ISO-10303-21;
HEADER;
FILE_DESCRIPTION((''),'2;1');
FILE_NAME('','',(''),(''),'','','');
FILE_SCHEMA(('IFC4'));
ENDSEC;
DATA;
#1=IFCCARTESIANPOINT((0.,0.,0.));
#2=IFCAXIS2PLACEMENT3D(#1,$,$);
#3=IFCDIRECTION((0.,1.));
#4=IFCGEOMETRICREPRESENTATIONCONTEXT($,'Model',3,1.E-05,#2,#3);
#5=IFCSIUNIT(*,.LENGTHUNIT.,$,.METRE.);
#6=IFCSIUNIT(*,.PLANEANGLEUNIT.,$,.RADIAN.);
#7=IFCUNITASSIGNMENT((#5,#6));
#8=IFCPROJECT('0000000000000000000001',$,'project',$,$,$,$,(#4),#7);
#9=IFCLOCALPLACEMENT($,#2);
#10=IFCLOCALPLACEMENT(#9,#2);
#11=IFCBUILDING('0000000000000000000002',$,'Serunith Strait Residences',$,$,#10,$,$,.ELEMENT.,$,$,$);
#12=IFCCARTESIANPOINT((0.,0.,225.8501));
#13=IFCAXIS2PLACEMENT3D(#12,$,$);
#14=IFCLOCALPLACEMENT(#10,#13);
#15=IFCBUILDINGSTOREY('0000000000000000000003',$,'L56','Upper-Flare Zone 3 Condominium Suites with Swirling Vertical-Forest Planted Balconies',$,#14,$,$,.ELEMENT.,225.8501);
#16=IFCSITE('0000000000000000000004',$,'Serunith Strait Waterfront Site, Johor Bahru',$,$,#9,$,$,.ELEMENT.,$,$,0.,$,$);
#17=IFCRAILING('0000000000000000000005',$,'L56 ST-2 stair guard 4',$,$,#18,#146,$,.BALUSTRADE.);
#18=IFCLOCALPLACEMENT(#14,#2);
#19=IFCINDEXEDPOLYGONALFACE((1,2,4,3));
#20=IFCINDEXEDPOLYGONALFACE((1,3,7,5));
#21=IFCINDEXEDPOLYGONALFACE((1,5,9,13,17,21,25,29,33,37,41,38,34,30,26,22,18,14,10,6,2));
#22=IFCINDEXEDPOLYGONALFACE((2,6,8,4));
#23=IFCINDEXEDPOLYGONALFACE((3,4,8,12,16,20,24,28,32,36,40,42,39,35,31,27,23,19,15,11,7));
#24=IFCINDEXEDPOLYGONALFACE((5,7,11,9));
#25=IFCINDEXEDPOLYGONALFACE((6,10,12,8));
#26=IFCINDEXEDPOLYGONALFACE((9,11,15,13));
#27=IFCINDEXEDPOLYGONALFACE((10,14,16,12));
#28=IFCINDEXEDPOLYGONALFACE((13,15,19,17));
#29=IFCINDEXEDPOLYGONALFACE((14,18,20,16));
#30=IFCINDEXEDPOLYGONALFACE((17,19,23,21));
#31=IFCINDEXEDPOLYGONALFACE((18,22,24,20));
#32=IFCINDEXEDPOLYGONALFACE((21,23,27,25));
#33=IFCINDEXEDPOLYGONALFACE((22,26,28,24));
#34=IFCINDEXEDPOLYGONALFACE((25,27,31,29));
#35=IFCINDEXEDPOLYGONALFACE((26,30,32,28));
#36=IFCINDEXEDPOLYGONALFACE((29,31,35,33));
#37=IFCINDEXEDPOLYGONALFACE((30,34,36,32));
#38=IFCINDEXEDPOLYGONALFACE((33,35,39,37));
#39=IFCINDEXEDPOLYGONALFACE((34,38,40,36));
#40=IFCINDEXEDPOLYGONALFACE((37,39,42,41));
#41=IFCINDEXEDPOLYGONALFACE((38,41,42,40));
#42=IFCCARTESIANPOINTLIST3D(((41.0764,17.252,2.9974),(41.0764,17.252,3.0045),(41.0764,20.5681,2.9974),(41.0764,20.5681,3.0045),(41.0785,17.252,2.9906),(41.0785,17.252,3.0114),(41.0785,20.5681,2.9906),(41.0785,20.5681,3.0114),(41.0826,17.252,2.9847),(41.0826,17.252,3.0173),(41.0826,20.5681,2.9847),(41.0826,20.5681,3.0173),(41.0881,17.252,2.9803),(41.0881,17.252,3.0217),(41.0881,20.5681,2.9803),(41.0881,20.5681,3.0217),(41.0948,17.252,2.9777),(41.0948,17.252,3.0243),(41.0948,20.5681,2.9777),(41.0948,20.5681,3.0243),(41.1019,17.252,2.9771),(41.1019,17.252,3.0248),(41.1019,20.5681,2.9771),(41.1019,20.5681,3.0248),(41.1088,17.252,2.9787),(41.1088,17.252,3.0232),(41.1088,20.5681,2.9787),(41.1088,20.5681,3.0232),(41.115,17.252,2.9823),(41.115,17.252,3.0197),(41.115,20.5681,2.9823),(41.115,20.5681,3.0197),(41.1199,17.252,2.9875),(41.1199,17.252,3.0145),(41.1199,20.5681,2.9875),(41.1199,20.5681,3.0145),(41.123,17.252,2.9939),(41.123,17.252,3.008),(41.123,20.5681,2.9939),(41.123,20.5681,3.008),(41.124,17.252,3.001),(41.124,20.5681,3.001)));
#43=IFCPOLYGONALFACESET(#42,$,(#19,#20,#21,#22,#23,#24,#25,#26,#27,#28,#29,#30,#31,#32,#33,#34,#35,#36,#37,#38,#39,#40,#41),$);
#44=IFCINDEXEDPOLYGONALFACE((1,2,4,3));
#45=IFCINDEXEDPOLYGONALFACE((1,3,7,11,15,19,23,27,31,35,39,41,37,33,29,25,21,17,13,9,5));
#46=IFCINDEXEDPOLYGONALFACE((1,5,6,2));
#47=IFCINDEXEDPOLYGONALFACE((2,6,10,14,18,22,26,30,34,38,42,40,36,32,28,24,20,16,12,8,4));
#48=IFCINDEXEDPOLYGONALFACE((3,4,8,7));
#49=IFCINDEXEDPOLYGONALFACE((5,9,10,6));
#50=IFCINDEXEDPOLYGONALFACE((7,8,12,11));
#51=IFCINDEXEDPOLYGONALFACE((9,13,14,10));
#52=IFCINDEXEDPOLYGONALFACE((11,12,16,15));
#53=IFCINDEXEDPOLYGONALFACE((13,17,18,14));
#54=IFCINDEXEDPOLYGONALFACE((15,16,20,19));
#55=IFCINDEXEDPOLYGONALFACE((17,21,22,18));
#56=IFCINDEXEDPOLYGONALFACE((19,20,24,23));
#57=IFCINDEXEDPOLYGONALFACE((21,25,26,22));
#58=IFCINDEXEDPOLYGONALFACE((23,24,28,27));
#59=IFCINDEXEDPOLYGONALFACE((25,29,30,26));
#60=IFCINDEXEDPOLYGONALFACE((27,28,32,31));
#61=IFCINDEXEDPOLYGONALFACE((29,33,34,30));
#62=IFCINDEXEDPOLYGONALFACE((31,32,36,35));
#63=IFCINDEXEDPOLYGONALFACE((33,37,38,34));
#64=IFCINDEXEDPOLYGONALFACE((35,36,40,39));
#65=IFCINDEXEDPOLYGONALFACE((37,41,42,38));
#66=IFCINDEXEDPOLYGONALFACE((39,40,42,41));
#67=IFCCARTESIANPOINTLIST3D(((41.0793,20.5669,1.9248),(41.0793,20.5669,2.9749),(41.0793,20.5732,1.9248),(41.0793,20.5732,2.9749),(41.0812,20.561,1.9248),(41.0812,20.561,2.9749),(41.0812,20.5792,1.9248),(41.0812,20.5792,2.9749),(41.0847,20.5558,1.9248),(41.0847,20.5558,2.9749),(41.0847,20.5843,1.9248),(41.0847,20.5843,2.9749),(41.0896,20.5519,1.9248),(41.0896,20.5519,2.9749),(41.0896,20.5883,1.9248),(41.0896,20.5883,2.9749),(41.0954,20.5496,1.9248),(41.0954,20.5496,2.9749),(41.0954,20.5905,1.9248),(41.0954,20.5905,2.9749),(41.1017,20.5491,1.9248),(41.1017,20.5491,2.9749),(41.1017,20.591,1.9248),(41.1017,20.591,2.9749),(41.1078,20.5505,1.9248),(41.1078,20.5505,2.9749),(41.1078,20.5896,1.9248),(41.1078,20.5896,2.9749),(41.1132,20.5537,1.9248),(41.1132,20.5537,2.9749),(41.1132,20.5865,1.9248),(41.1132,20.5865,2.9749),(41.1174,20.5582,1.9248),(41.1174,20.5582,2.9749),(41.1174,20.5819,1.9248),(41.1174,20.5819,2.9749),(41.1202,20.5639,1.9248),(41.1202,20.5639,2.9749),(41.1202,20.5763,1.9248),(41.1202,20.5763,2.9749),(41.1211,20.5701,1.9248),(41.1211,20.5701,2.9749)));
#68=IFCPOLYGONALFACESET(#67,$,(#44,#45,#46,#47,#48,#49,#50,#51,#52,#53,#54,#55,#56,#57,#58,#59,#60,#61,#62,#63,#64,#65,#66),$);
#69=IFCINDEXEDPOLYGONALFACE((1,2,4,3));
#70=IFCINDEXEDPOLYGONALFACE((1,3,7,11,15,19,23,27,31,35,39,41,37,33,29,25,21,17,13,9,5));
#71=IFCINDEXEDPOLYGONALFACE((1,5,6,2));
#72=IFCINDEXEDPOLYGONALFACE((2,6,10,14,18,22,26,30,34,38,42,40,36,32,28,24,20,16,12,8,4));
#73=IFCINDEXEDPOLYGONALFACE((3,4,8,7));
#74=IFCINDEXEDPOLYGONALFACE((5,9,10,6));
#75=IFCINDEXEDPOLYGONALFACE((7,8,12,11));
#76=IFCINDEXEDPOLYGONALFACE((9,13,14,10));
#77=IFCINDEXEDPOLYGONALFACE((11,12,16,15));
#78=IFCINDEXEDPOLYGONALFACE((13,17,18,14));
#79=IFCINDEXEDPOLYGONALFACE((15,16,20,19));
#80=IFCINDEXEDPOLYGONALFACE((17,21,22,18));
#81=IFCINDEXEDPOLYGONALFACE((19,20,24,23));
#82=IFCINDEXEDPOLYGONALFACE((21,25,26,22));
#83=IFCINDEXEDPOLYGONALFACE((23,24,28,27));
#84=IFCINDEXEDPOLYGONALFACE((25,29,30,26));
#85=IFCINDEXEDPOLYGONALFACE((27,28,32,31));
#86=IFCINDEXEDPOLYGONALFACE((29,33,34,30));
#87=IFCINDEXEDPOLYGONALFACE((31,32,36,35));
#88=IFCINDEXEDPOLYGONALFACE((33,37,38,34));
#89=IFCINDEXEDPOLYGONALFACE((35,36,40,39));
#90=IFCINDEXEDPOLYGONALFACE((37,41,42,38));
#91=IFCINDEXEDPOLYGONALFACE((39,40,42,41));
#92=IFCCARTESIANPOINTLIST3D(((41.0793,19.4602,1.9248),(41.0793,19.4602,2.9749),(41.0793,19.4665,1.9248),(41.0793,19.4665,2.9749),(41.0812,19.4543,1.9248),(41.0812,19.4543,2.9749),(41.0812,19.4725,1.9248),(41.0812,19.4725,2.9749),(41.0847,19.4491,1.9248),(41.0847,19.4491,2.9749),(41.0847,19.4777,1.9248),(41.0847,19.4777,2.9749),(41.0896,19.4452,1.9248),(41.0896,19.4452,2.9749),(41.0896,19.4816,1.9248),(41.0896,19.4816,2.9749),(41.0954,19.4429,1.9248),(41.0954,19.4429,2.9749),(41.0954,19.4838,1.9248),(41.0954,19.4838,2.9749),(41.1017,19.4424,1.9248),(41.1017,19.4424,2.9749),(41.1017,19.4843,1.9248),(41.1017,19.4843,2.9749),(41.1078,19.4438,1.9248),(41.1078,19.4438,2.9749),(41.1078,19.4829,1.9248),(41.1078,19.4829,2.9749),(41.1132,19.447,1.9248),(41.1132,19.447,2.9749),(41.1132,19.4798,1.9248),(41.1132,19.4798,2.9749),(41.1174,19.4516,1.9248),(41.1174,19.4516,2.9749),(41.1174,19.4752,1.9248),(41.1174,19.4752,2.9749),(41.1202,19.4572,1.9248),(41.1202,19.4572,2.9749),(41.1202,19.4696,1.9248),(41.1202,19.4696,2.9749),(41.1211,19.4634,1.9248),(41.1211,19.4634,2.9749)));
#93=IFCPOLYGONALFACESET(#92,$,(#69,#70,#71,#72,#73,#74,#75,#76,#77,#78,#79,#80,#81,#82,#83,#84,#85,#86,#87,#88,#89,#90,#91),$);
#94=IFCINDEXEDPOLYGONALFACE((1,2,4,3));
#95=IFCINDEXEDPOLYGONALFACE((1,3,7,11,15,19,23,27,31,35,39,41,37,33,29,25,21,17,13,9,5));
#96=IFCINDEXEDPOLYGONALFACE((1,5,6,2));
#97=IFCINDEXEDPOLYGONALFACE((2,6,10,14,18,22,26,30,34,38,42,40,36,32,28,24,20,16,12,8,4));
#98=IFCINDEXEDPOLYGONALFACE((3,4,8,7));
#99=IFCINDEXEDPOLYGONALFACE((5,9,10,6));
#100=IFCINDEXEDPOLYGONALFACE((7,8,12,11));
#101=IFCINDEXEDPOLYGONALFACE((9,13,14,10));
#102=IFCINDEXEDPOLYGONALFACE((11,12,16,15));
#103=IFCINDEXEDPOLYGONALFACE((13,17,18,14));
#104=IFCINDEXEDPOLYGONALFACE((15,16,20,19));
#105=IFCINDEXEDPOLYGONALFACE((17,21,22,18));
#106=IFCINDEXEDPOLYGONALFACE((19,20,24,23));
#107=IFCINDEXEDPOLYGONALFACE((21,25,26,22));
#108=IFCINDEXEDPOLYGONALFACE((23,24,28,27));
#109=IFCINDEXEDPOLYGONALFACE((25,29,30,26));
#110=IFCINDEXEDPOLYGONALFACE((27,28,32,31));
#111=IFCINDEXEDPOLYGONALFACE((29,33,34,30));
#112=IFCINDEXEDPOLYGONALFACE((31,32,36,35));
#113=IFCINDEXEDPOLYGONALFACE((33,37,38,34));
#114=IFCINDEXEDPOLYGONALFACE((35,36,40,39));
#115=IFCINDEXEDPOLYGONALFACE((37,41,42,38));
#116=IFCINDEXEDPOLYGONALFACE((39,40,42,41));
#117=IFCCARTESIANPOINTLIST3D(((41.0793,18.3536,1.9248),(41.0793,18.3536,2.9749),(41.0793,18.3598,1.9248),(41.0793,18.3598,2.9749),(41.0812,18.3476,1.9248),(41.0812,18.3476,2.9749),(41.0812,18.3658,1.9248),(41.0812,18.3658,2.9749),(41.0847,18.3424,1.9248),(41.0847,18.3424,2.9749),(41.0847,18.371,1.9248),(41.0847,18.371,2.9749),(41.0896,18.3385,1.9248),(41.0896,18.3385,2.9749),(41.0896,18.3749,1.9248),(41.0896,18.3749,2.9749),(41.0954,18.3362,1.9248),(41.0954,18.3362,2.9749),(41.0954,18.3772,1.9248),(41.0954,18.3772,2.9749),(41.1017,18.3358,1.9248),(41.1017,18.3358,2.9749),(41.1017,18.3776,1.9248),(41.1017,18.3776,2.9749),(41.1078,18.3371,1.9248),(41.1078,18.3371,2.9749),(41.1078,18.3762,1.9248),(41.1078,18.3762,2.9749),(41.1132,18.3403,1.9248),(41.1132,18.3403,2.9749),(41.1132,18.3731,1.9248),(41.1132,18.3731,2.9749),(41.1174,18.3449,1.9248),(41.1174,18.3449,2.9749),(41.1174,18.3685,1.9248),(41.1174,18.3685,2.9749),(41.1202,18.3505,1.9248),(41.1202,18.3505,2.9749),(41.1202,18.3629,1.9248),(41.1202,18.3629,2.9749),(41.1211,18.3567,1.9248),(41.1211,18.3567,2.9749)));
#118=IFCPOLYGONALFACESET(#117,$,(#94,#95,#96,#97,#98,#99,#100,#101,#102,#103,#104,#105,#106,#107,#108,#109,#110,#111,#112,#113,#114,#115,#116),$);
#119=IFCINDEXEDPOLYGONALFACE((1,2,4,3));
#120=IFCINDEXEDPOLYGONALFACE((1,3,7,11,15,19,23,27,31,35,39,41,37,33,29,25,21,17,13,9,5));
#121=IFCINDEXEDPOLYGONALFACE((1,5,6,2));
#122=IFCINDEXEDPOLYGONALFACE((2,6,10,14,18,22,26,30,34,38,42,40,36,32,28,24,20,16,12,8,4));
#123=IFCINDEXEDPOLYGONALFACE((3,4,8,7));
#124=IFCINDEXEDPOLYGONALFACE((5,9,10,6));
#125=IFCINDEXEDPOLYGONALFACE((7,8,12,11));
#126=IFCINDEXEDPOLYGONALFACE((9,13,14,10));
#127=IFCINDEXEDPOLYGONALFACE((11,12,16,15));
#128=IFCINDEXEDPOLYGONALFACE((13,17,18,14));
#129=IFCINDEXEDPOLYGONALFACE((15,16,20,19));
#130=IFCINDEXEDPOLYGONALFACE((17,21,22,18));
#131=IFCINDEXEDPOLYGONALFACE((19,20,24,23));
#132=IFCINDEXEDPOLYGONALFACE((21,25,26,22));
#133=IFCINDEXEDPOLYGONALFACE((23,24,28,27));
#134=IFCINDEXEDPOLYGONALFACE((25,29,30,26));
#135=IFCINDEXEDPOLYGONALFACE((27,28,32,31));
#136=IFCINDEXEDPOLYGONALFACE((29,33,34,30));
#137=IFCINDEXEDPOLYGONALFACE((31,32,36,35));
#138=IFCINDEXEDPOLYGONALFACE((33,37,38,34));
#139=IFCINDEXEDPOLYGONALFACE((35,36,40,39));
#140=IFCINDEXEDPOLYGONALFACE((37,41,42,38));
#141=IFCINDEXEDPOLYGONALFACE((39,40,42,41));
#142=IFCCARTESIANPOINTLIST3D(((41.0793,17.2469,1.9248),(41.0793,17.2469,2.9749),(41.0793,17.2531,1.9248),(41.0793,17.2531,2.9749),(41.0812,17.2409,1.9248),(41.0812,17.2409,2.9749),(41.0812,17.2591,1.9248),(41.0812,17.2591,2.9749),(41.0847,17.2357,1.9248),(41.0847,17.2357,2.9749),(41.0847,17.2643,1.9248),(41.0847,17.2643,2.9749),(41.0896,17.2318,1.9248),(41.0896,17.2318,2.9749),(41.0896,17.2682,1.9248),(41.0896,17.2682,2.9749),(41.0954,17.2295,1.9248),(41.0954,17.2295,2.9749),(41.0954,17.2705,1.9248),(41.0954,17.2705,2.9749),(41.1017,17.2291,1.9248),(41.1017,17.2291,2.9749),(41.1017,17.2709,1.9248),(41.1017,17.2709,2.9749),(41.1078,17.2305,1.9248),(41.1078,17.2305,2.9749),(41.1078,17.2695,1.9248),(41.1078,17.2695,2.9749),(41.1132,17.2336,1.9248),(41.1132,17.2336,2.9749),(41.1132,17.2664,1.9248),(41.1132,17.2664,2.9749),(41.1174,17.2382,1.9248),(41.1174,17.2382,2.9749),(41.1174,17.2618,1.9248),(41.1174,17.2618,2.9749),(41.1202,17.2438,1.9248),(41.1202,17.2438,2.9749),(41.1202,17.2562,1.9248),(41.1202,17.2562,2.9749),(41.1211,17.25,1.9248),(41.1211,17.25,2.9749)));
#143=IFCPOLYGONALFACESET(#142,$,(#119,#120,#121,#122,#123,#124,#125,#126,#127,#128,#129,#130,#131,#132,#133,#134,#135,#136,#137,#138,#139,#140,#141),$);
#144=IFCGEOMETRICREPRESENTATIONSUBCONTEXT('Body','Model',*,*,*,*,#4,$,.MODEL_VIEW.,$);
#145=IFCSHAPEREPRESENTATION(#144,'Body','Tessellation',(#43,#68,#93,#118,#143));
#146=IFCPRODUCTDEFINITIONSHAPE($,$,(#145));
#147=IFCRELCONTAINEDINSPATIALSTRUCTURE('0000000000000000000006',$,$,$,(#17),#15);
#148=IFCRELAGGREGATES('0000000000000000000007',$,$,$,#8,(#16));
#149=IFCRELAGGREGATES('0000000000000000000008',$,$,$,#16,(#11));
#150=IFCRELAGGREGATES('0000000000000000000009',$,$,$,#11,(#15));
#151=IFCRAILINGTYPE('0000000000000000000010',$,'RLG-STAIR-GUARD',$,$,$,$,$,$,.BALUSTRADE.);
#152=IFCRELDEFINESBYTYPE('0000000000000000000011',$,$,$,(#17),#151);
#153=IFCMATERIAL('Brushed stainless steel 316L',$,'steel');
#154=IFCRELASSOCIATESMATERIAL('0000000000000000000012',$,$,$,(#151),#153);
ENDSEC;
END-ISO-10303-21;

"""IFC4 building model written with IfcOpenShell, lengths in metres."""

from ifc_helpers import new_model, si_unit, direction, frame, origin, origin_2d, place, context, subcontext, project, spatial, circle, extrude, material, type_object, element, save


model = new_model("IFC4")

# Units and contexts
model_context = context("Model", 3, precision=1e-05, world=origin(), true_north=direction((0.0, 1.0)))
body_context = subcontext(model_context, "Body", "Model", "MODEL_VIEW")
ifc_project = project(units=[si_unit("LENGTHUNIT", "METRE"), si_unit("PLANEANGLEUNIT", "RADIAN")], contexts=[model_context])

# Site, building, storey
site_placement = place(None, origin())
site = spatial("IfcSite", under=ifc_project, at=site_placement, Name="Serunith Strait Waterfront Site, Johor Bahru", CompositionType="ELEMENT", RefElevation=0.0)
building_placement = place(site_placement, origin())
building = spatial("IfcBuilding", under=site, at=building_placement, Name="Serunith Strait Residences", CompositionType="ELEMENT")
storey_placement = place(building_placement, frame((0.0, 0.0, 225.8501)))
storey = spatial("IfcBuildingStorey", under=building, at=storey_placement, Name="L56", Description="Upper-Flare Zone 3 Condominium Suites with Swirling Vertical-Forest Planted Balconies", CompositionType="ELEMENT", Elevation=225.8501)

# Railing
ifc_material_1 = material(Name="Brushed stainless steel 316L", Category="steel")
railing_type_1 = type_object("IfcRailingType", Name="RLG-STAIR-GUARD", PredefinedType="BALUSTRADE", material=ifc_material_1)
for number, where, name in (
    (1, (41.1001, 20.5701, 1.9248), "L56 ST-2 stair guard 4"),
):
    element("IfcRailing", number, at=place(storey_placement, frame(where)), inside=storey, type_object=railing_type_1, Name=name, PredefinedType="BALUSTRADE", context=body_context, shape_type="SweptSolid", body=[
        extrude(circle(Radius=0.0239, at=origin_2d()), frame((0.0, -0.002, 1.0762), z_axis=(0.0, -1.0, 0.0), x_axis=(1.0, 0.0, 0.0)), (0.0, 0.0, 1.0), 3.3162),
        extrude(circle(Radius=0.021, at=origin_2d()), origin(), (0.0, 0.0, 1.0), 1.05),
        extrude(circle(Radius=0.021, at=origin_2d()), frame((0.0, -1.1067, 0.0)), (0.0, 0.0, 1.0), 1.05),
        extrude(circle(Radius=0.021, at=origin_2d()), frame((0.0, -2.2134, 0.0)), (0.0, 0.0, 1.0), 1.05),
        extrude(circle(Radius=0.021, at=origin_2d()), frame((0.0, -3.3201, 0.0)), (0.0, 0.0, 1.0), 1.05),
    ])

save(model, "model.ifc")
